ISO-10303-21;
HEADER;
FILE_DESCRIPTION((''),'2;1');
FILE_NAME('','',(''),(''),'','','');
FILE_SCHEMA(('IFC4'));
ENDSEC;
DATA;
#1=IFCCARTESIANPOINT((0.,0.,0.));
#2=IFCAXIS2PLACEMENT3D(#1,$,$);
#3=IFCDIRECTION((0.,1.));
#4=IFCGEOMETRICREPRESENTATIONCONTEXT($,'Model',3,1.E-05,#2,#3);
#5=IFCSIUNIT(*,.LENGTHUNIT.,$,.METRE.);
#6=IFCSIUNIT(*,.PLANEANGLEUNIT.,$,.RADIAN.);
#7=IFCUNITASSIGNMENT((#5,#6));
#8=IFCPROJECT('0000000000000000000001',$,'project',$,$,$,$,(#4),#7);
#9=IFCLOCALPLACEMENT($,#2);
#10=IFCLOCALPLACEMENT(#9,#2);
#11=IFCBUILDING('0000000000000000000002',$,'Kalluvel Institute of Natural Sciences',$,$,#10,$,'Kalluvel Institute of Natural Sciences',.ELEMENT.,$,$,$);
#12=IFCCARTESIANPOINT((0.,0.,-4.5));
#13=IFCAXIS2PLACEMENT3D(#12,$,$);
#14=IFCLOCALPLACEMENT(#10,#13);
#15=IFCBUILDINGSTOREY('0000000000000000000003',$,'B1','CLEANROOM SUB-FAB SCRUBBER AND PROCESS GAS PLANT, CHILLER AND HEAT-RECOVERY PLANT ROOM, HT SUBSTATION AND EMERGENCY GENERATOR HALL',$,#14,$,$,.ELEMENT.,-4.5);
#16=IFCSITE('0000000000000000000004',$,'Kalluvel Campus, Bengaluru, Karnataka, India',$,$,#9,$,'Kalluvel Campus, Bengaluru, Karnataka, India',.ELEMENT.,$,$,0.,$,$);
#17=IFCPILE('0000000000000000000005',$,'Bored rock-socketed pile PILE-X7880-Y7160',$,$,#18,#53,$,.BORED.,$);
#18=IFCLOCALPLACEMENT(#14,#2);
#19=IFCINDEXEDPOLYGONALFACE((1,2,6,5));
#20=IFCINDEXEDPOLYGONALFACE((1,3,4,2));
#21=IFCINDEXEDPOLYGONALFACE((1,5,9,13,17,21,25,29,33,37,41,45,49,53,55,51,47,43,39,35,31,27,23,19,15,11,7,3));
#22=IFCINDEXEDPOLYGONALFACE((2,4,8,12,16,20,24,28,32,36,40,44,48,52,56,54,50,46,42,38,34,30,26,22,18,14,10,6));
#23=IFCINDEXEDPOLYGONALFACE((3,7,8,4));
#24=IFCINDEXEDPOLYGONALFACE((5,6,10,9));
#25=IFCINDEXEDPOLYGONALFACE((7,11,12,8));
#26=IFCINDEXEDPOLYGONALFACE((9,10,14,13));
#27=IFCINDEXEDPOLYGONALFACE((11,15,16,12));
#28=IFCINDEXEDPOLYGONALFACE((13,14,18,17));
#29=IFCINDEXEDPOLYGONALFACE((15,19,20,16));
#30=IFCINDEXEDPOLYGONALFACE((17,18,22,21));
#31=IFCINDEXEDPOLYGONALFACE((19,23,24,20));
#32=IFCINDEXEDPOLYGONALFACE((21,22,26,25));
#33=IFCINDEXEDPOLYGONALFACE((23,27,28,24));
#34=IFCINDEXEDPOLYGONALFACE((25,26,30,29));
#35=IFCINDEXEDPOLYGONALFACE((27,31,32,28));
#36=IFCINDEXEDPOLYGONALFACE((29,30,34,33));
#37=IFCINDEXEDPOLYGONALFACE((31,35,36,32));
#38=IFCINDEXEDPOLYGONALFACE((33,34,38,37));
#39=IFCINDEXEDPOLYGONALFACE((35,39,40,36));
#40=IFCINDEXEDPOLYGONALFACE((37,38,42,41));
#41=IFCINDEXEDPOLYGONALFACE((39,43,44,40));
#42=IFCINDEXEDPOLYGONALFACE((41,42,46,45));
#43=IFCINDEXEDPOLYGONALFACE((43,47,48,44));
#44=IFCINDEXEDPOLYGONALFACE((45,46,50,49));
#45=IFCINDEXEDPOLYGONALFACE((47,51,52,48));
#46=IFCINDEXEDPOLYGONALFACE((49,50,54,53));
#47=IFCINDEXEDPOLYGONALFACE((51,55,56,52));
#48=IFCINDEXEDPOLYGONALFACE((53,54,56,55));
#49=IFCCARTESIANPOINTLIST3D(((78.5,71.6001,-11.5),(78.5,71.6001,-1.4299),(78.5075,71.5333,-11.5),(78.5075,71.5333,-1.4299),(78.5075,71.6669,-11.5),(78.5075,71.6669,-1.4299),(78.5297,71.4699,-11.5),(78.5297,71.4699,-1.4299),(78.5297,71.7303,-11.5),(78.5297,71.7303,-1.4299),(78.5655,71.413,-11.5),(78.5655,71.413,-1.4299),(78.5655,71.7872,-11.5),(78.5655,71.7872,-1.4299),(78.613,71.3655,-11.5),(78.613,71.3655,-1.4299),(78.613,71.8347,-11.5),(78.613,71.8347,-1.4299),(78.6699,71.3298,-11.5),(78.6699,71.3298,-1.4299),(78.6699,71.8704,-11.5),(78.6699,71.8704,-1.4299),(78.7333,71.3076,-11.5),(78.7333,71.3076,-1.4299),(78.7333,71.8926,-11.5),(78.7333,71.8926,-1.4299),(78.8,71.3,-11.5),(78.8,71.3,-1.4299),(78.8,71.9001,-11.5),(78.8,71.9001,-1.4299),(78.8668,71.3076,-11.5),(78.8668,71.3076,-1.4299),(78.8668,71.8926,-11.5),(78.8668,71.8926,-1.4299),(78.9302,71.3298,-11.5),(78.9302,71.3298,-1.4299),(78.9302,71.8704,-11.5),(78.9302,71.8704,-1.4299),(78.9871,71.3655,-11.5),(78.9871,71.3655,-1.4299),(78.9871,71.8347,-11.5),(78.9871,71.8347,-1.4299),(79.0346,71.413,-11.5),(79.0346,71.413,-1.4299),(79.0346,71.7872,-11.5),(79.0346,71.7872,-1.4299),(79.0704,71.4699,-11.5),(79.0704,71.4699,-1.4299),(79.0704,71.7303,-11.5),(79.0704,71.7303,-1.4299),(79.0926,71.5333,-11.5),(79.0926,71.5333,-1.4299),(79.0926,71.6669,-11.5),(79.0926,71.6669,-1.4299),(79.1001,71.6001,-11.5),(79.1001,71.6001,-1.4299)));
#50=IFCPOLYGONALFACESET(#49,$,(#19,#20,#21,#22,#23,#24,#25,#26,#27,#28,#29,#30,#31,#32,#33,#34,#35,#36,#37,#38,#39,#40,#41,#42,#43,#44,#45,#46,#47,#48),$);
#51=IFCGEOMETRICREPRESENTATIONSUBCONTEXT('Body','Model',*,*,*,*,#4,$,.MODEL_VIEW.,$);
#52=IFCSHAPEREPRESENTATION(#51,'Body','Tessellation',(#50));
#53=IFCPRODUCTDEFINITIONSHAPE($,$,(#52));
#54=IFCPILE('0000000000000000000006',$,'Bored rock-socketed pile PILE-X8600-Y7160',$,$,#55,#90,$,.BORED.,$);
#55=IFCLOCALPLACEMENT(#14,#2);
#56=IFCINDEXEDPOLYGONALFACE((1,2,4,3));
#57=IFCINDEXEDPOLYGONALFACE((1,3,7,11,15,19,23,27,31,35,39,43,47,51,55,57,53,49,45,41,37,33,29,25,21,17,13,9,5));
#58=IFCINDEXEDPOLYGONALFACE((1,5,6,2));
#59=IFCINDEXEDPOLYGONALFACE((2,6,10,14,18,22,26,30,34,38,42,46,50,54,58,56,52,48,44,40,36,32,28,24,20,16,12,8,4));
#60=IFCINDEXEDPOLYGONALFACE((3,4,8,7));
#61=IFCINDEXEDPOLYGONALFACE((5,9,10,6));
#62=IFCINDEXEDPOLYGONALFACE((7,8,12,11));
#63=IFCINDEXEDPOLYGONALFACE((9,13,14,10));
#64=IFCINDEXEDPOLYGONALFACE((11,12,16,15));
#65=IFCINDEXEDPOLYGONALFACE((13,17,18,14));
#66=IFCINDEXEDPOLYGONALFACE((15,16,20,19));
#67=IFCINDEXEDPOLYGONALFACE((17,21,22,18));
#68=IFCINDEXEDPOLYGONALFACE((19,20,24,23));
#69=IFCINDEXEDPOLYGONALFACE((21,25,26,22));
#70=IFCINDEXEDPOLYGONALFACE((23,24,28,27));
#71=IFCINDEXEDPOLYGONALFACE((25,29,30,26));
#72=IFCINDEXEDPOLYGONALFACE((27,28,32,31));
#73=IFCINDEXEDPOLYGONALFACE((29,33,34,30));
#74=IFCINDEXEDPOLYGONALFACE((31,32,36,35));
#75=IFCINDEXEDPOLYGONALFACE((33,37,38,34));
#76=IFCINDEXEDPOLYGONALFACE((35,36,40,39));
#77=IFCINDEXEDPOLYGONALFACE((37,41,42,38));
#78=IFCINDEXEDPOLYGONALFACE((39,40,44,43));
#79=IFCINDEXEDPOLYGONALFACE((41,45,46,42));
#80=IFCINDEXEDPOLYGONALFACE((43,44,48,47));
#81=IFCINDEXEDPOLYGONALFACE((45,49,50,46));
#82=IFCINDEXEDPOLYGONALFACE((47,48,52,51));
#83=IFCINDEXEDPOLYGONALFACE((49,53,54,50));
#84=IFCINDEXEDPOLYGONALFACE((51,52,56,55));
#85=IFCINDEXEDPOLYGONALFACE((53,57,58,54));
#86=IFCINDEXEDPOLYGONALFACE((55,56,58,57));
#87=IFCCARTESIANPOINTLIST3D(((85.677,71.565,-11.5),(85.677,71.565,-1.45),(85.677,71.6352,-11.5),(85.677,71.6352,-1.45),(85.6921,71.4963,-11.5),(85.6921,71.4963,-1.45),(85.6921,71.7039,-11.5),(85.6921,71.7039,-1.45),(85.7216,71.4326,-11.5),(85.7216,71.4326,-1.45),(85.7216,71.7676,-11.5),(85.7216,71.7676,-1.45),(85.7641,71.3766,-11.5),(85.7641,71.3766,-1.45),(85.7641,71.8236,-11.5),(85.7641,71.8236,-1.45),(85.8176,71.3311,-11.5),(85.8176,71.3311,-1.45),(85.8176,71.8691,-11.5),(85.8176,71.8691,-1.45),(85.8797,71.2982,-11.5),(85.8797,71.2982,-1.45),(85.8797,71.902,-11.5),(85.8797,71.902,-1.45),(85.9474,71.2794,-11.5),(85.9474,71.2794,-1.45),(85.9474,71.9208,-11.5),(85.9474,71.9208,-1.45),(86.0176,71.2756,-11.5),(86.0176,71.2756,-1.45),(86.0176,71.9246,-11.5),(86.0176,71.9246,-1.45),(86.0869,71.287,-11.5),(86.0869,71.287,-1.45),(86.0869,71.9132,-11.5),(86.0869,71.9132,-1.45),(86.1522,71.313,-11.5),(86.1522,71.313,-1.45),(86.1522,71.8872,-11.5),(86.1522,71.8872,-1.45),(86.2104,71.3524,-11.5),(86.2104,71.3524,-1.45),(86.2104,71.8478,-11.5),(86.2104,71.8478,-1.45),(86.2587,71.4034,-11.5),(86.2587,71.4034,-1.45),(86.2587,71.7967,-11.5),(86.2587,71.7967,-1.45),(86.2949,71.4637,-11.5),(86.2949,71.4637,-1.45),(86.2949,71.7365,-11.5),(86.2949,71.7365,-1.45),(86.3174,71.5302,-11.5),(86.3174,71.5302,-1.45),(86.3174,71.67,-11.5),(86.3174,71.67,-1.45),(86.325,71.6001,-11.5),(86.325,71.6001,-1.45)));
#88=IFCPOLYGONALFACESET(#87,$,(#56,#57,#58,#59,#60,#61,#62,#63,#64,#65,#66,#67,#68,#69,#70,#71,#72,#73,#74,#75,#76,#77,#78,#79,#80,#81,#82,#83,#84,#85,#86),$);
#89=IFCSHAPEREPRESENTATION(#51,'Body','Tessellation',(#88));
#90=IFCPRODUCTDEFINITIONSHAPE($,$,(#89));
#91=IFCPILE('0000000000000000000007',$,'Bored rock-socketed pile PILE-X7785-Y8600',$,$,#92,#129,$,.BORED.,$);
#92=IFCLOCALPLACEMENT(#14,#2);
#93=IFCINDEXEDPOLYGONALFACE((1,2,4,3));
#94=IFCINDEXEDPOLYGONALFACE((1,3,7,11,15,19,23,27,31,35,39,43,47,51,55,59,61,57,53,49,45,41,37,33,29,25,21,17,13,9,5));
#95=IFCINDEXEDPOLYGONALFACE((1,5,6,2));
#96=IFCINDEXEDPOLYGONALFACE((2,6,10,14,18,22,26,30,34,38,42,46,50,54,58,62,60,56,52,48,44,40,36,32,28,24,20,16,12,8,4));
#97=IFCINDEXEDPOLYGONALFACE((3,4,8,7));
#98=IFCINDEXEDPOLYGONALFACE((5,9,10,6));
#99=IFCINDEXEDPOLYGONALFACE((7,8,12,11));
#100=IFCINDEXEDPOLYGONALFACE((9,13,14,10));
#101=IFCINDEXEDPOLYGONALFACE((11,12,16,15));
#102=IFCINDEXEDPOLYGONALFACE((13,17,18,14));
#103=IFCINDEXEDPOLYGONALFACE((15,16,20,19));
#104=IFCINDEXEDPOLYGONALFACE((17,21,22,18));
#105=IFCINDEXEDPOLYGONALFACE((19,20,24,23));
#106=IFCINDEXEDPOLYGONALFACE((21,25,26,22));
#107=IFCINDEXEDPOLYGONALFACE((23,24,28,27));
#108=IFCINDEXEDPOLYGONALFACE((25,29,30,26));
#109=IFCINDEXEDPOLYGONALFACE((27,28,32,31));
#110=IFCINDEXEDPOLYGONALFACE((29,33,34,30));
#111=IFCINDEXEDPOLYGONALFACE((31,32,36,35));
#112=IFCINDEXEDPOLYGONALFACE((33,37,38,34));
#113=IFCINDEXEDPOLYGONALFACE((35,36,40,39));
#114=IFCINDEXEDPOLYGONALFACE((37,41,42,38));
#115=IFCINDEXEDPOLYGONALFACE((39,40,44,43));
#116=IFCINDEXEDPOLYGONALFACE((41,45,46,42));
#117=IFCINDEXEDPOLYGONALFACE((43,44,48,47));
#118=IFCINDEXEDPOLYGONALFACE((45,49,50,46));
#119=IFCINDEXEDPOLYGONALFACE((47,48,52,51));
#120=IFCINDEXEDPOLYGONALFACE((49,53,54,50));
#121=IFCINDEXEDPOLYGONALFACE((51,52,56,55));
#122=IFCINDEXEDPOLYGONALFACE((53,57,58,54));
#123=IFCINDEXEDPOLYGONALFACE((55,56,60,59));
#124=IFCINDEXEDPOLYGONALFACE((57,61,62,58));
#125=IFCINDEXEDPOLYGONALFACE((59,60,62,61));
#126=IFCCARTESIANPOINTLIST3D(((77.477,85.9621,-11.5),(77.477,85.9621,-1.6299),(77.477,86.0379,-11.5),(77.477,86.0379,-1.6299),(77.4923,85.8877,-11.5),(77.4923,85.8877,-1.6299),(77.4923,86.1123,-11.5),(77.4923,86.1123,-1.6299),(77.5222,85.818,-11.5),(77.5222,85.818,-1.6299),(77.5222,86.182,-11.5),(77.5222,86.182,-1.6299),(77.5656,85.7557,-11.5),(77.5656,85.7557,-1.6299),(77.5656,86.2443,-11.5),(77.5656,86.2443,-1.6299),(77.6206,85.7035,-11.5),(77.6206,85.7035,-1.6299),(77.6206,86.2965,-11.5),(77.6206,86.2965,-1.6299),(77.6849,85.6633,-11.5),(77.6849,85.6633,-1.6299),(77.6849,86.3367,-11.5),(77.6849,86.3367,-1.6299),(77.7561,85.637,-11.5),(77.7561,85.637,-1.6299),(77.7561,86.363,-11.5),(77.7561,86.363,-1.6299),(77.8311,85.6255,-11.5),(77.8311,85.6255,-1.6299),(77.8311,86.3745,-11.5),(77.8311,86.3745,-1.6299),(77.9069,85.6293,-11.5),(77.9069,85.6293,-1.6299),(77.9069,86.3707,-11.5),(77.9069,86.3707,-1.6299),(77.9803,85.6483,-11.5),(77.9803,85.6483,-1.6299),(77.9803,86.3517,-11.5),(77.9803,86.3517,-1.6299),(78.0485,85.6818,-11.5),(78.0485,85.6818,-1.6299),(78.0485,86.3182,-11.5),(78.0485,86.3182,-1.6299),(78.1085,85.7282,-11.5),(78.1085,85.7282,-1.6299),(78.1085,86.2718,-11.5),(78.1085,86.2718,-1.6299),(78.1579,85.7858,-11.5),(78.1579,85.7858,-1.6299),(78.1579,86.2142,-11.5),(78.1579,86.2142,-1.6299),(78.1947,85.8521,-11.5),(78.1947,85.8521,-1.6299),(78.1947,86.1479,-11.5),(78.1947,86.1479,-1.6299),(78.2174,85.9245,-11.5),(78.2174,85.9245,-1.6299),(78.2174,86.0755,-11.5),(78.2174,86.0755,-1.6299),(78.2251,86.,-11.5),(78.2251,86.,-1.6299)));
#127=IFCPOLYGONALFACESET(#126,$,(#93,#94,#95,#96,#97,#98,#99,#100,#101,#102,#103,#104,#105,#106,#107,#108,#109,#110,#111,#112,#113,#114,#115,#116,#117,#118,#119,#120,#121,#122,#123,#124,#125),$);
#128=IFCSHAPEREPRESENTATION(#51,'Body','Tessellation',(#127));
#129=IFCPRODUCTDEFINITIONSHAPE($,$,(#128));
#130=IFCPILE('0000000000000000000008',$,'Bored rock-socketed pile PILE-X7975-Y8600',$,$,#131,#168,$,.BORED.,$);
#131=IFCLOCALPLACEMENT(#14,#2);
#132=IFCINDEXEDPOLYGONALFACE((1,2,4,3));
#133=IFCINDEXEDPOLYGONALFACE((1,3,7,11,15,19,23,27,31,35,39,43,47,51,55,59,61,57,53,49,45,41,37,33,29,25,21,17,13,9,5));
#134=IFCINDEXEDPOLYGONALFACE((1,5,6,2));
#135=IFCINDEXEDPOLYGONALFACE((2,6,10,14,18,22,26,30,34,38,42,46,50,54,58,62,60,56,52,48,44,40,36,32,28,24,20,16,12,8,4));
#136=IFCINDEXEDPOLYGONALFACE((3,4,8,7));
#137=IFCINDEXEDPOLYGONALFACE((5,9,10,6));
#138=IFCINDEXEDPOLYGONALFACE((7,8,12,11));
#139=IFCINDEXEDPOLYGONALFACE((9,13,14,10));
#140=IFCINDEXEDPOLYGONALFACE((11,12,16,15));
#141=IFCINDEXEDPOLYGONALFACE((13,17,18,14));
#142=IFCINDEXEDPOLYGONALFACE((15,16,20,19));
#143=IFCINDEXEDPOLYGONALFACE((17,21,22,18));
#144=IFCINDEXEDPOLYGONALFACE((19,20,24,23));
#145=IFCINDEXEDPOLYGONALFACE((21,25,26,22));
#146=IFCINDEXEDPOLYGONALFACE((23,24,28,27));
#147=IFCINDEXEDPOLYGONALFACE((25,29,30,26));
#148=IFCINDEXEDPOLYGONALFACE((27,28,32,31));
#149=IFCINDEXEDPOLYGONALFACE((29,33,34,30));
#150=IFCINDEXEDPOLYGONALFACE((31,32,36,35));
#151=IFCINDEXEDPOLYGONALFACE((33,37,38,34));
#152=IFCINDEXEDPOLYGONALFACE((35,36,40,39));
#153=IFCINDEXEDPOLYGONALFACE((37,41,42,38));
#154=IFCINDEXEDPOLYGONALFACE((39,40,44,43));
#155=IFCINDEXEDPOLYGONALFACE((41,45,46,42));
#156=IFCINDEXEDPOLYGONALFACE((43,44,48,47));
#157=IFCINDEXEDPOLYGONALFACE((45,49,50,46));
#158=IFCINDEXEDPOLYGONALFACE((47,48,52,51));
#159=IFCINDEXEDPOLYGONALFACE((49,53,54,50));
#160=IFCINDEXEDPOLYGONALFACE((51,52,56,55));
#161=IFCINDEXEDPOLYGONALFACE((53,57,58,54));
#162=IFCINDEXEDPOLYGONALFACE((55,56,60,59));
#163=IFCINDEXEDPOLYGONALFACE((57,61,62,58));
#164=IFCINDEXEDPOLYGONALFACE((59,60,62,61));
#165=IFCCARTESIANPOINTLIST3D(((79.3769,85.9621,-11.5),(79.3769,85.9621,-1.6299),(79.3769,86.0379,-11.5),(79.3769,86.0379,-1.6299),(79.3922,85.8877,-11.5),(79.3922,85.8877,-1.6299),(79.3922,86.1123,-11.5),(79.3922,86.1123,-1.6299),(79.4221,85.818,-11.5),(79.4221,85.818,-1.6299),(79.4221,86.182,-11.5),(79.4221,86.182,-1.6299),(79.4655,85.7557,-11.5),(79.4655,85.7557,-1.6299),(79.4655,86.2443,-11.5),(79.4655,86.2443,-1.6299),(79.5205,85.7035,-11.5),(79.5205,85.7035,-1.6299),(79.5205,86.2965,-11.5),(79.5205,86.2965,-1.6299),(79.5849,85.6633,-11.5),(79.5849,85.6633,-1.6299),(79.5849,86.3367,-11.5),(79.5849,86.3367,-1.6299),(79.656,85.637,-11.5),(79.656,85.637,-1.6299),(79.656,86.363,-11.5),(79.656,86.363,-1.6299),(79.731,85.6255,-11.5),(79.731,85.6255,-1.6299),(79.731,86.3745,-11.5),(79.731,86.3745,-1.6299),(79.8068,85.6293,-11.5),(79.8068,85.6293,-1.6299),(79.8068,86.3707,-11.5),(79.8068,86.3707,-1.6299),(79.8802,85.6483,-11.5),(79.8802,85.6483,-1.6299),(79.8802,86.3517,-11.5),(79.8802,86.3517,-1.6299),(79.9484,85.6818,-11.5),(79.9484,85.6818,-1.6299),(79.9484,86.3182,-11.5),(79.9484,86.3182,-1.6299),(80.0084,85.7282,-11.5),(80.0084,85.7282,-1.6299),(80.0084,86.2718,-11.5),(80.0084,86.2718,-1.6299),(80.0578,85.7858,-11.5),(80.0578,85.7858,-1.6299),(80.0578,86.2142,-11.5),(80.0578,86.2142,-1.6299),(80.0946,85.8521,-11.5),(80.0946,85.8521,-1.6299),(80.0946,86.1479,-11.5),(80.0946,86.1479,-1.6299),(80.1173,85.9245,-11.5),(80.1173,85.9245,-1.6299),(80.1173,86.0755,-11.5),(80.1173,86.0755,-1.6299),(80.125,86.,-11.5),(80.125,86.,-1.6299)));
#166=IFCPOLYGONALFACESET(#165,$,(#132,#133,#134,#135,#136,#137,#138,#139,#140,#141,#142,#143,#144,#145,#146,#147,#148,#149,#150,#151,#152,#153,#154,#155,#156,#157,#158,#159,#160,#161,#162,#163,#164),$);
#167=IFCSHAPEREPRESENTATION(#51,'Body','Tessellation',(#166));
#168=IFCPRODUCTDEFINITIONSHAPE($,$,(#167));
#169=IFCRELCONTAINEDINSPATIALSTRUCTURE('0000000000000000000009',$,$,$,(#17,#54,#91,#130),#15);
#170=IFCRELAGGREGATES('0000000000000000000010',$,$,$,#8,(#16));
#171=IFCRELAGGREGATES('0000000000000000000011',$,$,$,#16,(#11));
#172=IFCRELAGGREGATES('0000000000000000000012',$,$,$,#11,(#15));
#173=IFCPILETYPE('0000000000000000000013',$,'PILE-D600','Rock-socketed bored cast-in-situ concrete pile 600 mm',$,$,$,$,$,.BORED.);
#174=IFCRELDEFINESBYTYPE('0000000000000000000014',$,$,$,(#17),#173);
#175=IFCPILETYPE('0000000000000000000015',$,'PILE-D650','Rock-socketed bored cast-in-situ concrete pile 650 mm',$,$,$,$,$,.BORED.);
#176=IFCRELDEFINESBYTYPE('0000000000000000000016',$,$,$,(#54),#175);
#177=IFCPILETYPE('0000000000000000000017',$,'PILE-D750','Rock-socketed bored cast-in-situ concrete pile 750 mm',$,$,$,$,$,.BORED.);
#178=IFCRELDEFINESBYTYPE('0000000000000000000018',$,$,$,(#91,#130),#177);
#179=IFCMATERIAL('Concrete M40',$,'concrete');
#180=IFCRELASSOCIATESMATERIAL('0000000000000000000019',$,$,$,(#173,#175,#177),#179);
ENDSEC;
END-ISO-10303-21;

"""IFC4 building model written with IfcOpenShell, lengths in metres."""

from ifc_helpers import new_model, si_unit, direction, frame, origin, origin_2d, place, context, subcontext, project, spatial, circle, extrude, material, material_profile, profile_set, type_object, element, save


model = new_model("IFC4")

# Units and contexts
model_context = context("Model", 3, precision=1e-05, world=origin(), true_north=direction((0.0, 1.0)))
body_context = subcontext(model_context, "Body", "Model", "MODEL_VIEW")
ifc_project = project(units=[si_unit("LENGTHUNIT", "METRE"), si_unit("PLANEANGLEUNIT", "RADIAN")], contexts=[model_context])

# Site, building, storey
site_placement = place(None, origin())
site = spatial("IfcSite", under=ifc_project, at=site_placement, Name="Kalluvel Campus, Bengaluru, Karnataka, India", LongName="Kalluvel Campus, Bengaluru, Karnataka, India", CompositionType="ELEMENT", RefElevation=0.0)
building_placement = place(site_placement, origin())
building = spatial("IfcBuilding", under=site, at=building_placement, Name="Kalluvel Institute of Natural Sciences", LongName="Kalluvel Institute of Natural Sciences", CompositionType="ELEMENT")
storey_placement = place(building_placement, frame((0.0, 0.0, -4.5)))
storey = spatial("IfcBuildingStorey", under=building, at=storey_placement, Name="B1", Description="CLEANROOM SUB-FAB SCRUBBER AND PROCESS GAS PLANT, CHILLER AND HEAT-RECOVERY PLANT ROOM, HT SUBSTATION AND EMERGENCY GENERATOR HALL", CompositionType="ELEMENT", Elevation=-4.5)

# Shared definitions
ifc_material_1 = material(Name="Concrete M40", Category="concrete")

# Piles
ifc_material_profile_1 = material_profile(ifc_material_1, circle(Radius=0.3, at=origin_2d()), Name="PILE D600")
ifc_profile_set_1 = profile_set([ifc_material_profile_1], Name="Concrete M40")
pile_type_1 = type_object("IfcPileType", Name="PILE-D600", Description="Rock-socketed bored cast-in-situ concrete pile 600 mm", PredefinedType="BORED", material=ifc_profile_set_1)
pile_1_placement = place(storey_placement, frame((78.8, 71.6001, -1.4299), z_axis=(0.0, 0.0, -1.0), x_axis=(1.0, 0.0, 0.0)))
element("IfcPile", 1, at=pile_1_placement, inside=storey, type_object=pile_type_1, Name="Bored rock-socketed pile PILE-X7880-Y7160", PredefinedType="BORED", context=body_context, shape_type="SweptSolid", body=[
    extrude(circle(Radius=0.3, at=origin_2d()), origin(), (0.0, 0.0, 1.0), 10.0701),
])
ifc_material_profile_2 = material_profile(ifc_material_1, circle(Radius=0.325, at=origin_2d()), Name="PILE D650")
ifc_profile_set_2 = profile_set([ifc_material_profile_2], Name="Concrete M40")
pile_type_2 = type_object("IfcPileType", Name="PILE-D650", Description="Rock-socketed bored cast-in-situ concrete pile 650 mm", PredefinedType="BORED", material=ifc_profile_set_2)
pile_2_placement = place(storey_placement, frame((86.0, 71.6001, -1.45), z_axis=(0.0, 0.0, -1.0), x_axis=(1.0, 0.0, 0.0)))
element("IfcPile", 2, at=pile_2_placement, inside=storey, type_object=pile_type_2, Name="Bored rock-socketed pile PILE-X8600-Y7160", PredefinedType="BORED", context=body_context, shape_type="SweptSolid", body=[
    extrude(circle(Radius=0.325, at=origin_2d()), origin(), (0.0, 0.0, 1.0), 10.05),
])
ifc_material_profile_3 = material_profile(ifc_material_1, circle(Radius=0.375, at=origin_2d()), Name="PILE D750")
ifc_profile_set_3 = profile_set([ifc_material_profile_3], Name="Concrete M40")
pile_type_3 = type_object("IfcPileType", Name="PILE-D750", Description="Rock-socketed bored cast-in-situ concrete pile 750 mm", PredefinedType="BORED", material=ifc_profile_set_3)
for number, where, z_axis, x_axis, name in (
    (3, (77.8501, 86.0, -1.6299), (0.0, 0.0, -1.0), (1.0, 0.0, 0.0), "Bored rock-socketed pile PILE-X7785-Y8600"),
    (4, (79.75, 86.0, -1.6299), (0.0, 0.0, -1.0), (1.0, 0.0, 0.0), "Bored rock-socketed pile PILE-X7975-Y8600"),
):
    element("IfcPile", number, at=place(storey_placement, frame(where, z_axis=z_axis, x_axis=x_axis)), inside=storey, type_object=pile_type_3, Name=name, PredefinedType="BORED", context=body_context, shape_type="SweptSolid", body=[
        extrude(circle(Radius=0.375, at=origin_2d()), origin(), (0.0, 0.0, 1.0), 9.8701),
    ])

save(model, "model.ifc")
